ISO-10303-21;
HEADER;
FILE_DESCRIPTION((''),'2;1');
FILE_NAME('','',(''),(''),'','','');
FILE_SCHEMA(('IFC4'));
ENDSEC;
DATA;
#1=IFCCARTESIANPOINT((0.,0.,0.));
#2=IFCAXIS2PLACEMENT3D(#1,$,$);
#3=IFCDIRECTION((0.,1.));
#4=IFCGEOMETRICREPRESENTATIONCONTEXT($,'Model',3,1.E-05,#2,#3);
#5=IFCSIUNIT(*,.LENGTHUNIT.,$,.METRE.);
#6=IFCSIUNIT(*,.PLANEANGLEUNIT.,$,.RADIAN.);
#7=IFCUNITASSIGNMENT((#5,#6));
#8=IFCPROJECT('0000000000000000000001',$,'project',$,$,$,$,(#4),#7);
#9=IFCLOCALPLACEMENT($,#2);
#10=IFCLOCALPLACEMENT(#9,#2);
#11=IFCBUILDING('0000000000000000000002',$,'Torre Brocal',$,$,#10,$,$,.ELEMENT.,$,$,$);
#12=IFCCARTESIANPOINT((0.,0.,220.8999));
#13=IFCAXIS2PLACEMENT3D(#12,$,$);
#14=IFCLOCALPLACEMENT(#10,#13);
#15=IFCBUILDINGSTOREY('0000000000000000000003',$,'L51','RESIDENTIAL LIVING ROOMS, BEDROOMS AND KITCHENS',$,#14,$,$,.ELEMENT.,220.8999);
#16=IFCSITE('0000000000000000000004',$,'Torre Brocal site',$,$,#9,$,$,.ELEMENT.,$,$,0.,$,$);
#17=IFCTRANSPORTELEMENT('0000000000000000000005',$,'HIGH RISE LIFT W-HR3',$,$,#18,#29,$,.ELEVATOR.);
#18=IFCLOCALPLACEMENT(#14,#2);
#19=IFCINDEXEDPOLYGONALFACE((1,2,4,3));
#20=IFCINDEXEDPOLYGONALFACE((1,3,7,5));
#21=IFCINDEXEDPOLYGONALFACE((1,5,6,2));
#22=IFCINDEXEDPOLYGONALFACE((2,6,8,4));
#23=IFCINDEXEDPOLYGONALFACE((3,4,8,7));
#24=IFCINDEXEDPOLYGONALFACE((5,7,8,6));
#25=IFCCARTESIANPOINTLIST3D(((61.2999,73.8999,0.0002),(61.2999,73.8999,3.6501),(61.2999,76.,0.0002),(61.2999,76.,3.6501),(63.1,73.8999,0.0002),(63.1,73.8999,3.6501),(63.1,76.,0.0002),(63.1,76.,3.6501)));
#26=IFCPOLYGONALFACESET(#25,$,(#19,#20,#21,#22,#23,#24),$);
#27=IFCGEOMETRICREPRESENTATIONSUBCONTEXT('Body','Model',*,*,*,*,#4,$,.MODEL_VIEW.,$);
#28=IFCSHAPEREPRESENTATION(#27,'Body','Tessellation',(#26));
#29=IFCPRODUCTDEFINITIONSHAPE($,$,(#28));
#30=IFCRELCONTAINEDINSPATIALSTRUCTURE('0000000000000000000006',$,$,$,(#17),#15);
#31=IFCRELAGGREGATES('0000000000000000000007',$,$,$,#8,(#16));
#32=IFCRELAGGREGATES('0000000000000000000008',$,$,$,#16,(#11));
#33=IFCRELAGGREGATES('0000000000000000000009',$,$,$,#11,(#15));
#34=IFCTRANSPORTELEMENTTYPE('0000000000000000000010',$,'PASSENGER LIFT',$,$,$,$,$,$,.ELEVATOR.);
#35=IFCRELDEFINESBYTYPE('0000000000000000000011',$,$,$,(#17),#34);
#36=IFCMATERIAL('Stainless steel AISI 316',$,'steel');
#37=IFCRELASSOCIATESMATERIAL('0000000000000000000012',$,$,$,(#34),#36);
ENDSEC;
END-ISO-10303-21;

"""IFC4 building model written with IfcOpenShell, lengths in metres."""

from ifc_helpers import new_model, si_unit, direction, frame, origin, origin_2d, place, context, subcontext, project, spatial, rectangle, extrude, material, type_object, element, save


model = new_model("IFC4")

# Units and contexts
model_context = context("Model", 3, precision=1e-05, world=origin(), true_north=direction((0.0, 1.0)))
body_context = subcontext(model_context, "Body", "Model", "MODEL_VIEW")
ifc_project = project(units=[si_unit("LENGTHUNIT", "METRE"), si_unit("PLANEANGLEUNIT", "RADIAN")], contexts=[model_context])

# Site, building, storey
site_placement = place(None, origin())
site = spatial("IfcSite", under=ifc_project, at=site_placement, Name="Torre Brocal site", CompositionType="ELEMENT", RefElevation=0.0)
building_placement = place(site_placement, origin())
building = spatial("IfcBuilding", under=site, at=building_placement, Name="Torre Brocal", CompositionType="ELEMENT")
storey_placement = place(building_placement, frame((0.0, 0.0, 220.8999)))
storey = spatial("IfcBuildingStorey", under=building, at=storey_placement, Name="L51", Description="RESIDENTIAL LIVING ROOMS, BEDROOMS AND KITCHENS", CompositionType="ELEMENT", Elevation=220.8999)

# Transport element
ifc_material_1 = material(Name="Stainless steel AISI 316", Category="steel")
transport_element_type = type_object("IfcTransportElementType", Name="PASSENGER LIFT", PredefinedType="ELEVATOR", material=ifc_material_1)
transport_element_placement = place(storey_placement, frame((62.2, 74.95, 0.0002), z_axis=(0.0, 0.0, 1.0), x_axis=(1.0, 0.0, 0.0)))
element("IfcTransportElement", 1, at=transport_element_placement, inside=storey, type_object=transport_element_type, Name="HIGH RISE LIFT W-HR3", PredefinedType="ELEVATOR", context=body_context, shape_type="SweptSolid", body=[
    extrude(rectangle(XDim=1.8, YDim=2.1001, at=origin_2d()), origin(), (0.0, 0.0, 1.0), 3.6499),
])

save(model, "model.ifc")
